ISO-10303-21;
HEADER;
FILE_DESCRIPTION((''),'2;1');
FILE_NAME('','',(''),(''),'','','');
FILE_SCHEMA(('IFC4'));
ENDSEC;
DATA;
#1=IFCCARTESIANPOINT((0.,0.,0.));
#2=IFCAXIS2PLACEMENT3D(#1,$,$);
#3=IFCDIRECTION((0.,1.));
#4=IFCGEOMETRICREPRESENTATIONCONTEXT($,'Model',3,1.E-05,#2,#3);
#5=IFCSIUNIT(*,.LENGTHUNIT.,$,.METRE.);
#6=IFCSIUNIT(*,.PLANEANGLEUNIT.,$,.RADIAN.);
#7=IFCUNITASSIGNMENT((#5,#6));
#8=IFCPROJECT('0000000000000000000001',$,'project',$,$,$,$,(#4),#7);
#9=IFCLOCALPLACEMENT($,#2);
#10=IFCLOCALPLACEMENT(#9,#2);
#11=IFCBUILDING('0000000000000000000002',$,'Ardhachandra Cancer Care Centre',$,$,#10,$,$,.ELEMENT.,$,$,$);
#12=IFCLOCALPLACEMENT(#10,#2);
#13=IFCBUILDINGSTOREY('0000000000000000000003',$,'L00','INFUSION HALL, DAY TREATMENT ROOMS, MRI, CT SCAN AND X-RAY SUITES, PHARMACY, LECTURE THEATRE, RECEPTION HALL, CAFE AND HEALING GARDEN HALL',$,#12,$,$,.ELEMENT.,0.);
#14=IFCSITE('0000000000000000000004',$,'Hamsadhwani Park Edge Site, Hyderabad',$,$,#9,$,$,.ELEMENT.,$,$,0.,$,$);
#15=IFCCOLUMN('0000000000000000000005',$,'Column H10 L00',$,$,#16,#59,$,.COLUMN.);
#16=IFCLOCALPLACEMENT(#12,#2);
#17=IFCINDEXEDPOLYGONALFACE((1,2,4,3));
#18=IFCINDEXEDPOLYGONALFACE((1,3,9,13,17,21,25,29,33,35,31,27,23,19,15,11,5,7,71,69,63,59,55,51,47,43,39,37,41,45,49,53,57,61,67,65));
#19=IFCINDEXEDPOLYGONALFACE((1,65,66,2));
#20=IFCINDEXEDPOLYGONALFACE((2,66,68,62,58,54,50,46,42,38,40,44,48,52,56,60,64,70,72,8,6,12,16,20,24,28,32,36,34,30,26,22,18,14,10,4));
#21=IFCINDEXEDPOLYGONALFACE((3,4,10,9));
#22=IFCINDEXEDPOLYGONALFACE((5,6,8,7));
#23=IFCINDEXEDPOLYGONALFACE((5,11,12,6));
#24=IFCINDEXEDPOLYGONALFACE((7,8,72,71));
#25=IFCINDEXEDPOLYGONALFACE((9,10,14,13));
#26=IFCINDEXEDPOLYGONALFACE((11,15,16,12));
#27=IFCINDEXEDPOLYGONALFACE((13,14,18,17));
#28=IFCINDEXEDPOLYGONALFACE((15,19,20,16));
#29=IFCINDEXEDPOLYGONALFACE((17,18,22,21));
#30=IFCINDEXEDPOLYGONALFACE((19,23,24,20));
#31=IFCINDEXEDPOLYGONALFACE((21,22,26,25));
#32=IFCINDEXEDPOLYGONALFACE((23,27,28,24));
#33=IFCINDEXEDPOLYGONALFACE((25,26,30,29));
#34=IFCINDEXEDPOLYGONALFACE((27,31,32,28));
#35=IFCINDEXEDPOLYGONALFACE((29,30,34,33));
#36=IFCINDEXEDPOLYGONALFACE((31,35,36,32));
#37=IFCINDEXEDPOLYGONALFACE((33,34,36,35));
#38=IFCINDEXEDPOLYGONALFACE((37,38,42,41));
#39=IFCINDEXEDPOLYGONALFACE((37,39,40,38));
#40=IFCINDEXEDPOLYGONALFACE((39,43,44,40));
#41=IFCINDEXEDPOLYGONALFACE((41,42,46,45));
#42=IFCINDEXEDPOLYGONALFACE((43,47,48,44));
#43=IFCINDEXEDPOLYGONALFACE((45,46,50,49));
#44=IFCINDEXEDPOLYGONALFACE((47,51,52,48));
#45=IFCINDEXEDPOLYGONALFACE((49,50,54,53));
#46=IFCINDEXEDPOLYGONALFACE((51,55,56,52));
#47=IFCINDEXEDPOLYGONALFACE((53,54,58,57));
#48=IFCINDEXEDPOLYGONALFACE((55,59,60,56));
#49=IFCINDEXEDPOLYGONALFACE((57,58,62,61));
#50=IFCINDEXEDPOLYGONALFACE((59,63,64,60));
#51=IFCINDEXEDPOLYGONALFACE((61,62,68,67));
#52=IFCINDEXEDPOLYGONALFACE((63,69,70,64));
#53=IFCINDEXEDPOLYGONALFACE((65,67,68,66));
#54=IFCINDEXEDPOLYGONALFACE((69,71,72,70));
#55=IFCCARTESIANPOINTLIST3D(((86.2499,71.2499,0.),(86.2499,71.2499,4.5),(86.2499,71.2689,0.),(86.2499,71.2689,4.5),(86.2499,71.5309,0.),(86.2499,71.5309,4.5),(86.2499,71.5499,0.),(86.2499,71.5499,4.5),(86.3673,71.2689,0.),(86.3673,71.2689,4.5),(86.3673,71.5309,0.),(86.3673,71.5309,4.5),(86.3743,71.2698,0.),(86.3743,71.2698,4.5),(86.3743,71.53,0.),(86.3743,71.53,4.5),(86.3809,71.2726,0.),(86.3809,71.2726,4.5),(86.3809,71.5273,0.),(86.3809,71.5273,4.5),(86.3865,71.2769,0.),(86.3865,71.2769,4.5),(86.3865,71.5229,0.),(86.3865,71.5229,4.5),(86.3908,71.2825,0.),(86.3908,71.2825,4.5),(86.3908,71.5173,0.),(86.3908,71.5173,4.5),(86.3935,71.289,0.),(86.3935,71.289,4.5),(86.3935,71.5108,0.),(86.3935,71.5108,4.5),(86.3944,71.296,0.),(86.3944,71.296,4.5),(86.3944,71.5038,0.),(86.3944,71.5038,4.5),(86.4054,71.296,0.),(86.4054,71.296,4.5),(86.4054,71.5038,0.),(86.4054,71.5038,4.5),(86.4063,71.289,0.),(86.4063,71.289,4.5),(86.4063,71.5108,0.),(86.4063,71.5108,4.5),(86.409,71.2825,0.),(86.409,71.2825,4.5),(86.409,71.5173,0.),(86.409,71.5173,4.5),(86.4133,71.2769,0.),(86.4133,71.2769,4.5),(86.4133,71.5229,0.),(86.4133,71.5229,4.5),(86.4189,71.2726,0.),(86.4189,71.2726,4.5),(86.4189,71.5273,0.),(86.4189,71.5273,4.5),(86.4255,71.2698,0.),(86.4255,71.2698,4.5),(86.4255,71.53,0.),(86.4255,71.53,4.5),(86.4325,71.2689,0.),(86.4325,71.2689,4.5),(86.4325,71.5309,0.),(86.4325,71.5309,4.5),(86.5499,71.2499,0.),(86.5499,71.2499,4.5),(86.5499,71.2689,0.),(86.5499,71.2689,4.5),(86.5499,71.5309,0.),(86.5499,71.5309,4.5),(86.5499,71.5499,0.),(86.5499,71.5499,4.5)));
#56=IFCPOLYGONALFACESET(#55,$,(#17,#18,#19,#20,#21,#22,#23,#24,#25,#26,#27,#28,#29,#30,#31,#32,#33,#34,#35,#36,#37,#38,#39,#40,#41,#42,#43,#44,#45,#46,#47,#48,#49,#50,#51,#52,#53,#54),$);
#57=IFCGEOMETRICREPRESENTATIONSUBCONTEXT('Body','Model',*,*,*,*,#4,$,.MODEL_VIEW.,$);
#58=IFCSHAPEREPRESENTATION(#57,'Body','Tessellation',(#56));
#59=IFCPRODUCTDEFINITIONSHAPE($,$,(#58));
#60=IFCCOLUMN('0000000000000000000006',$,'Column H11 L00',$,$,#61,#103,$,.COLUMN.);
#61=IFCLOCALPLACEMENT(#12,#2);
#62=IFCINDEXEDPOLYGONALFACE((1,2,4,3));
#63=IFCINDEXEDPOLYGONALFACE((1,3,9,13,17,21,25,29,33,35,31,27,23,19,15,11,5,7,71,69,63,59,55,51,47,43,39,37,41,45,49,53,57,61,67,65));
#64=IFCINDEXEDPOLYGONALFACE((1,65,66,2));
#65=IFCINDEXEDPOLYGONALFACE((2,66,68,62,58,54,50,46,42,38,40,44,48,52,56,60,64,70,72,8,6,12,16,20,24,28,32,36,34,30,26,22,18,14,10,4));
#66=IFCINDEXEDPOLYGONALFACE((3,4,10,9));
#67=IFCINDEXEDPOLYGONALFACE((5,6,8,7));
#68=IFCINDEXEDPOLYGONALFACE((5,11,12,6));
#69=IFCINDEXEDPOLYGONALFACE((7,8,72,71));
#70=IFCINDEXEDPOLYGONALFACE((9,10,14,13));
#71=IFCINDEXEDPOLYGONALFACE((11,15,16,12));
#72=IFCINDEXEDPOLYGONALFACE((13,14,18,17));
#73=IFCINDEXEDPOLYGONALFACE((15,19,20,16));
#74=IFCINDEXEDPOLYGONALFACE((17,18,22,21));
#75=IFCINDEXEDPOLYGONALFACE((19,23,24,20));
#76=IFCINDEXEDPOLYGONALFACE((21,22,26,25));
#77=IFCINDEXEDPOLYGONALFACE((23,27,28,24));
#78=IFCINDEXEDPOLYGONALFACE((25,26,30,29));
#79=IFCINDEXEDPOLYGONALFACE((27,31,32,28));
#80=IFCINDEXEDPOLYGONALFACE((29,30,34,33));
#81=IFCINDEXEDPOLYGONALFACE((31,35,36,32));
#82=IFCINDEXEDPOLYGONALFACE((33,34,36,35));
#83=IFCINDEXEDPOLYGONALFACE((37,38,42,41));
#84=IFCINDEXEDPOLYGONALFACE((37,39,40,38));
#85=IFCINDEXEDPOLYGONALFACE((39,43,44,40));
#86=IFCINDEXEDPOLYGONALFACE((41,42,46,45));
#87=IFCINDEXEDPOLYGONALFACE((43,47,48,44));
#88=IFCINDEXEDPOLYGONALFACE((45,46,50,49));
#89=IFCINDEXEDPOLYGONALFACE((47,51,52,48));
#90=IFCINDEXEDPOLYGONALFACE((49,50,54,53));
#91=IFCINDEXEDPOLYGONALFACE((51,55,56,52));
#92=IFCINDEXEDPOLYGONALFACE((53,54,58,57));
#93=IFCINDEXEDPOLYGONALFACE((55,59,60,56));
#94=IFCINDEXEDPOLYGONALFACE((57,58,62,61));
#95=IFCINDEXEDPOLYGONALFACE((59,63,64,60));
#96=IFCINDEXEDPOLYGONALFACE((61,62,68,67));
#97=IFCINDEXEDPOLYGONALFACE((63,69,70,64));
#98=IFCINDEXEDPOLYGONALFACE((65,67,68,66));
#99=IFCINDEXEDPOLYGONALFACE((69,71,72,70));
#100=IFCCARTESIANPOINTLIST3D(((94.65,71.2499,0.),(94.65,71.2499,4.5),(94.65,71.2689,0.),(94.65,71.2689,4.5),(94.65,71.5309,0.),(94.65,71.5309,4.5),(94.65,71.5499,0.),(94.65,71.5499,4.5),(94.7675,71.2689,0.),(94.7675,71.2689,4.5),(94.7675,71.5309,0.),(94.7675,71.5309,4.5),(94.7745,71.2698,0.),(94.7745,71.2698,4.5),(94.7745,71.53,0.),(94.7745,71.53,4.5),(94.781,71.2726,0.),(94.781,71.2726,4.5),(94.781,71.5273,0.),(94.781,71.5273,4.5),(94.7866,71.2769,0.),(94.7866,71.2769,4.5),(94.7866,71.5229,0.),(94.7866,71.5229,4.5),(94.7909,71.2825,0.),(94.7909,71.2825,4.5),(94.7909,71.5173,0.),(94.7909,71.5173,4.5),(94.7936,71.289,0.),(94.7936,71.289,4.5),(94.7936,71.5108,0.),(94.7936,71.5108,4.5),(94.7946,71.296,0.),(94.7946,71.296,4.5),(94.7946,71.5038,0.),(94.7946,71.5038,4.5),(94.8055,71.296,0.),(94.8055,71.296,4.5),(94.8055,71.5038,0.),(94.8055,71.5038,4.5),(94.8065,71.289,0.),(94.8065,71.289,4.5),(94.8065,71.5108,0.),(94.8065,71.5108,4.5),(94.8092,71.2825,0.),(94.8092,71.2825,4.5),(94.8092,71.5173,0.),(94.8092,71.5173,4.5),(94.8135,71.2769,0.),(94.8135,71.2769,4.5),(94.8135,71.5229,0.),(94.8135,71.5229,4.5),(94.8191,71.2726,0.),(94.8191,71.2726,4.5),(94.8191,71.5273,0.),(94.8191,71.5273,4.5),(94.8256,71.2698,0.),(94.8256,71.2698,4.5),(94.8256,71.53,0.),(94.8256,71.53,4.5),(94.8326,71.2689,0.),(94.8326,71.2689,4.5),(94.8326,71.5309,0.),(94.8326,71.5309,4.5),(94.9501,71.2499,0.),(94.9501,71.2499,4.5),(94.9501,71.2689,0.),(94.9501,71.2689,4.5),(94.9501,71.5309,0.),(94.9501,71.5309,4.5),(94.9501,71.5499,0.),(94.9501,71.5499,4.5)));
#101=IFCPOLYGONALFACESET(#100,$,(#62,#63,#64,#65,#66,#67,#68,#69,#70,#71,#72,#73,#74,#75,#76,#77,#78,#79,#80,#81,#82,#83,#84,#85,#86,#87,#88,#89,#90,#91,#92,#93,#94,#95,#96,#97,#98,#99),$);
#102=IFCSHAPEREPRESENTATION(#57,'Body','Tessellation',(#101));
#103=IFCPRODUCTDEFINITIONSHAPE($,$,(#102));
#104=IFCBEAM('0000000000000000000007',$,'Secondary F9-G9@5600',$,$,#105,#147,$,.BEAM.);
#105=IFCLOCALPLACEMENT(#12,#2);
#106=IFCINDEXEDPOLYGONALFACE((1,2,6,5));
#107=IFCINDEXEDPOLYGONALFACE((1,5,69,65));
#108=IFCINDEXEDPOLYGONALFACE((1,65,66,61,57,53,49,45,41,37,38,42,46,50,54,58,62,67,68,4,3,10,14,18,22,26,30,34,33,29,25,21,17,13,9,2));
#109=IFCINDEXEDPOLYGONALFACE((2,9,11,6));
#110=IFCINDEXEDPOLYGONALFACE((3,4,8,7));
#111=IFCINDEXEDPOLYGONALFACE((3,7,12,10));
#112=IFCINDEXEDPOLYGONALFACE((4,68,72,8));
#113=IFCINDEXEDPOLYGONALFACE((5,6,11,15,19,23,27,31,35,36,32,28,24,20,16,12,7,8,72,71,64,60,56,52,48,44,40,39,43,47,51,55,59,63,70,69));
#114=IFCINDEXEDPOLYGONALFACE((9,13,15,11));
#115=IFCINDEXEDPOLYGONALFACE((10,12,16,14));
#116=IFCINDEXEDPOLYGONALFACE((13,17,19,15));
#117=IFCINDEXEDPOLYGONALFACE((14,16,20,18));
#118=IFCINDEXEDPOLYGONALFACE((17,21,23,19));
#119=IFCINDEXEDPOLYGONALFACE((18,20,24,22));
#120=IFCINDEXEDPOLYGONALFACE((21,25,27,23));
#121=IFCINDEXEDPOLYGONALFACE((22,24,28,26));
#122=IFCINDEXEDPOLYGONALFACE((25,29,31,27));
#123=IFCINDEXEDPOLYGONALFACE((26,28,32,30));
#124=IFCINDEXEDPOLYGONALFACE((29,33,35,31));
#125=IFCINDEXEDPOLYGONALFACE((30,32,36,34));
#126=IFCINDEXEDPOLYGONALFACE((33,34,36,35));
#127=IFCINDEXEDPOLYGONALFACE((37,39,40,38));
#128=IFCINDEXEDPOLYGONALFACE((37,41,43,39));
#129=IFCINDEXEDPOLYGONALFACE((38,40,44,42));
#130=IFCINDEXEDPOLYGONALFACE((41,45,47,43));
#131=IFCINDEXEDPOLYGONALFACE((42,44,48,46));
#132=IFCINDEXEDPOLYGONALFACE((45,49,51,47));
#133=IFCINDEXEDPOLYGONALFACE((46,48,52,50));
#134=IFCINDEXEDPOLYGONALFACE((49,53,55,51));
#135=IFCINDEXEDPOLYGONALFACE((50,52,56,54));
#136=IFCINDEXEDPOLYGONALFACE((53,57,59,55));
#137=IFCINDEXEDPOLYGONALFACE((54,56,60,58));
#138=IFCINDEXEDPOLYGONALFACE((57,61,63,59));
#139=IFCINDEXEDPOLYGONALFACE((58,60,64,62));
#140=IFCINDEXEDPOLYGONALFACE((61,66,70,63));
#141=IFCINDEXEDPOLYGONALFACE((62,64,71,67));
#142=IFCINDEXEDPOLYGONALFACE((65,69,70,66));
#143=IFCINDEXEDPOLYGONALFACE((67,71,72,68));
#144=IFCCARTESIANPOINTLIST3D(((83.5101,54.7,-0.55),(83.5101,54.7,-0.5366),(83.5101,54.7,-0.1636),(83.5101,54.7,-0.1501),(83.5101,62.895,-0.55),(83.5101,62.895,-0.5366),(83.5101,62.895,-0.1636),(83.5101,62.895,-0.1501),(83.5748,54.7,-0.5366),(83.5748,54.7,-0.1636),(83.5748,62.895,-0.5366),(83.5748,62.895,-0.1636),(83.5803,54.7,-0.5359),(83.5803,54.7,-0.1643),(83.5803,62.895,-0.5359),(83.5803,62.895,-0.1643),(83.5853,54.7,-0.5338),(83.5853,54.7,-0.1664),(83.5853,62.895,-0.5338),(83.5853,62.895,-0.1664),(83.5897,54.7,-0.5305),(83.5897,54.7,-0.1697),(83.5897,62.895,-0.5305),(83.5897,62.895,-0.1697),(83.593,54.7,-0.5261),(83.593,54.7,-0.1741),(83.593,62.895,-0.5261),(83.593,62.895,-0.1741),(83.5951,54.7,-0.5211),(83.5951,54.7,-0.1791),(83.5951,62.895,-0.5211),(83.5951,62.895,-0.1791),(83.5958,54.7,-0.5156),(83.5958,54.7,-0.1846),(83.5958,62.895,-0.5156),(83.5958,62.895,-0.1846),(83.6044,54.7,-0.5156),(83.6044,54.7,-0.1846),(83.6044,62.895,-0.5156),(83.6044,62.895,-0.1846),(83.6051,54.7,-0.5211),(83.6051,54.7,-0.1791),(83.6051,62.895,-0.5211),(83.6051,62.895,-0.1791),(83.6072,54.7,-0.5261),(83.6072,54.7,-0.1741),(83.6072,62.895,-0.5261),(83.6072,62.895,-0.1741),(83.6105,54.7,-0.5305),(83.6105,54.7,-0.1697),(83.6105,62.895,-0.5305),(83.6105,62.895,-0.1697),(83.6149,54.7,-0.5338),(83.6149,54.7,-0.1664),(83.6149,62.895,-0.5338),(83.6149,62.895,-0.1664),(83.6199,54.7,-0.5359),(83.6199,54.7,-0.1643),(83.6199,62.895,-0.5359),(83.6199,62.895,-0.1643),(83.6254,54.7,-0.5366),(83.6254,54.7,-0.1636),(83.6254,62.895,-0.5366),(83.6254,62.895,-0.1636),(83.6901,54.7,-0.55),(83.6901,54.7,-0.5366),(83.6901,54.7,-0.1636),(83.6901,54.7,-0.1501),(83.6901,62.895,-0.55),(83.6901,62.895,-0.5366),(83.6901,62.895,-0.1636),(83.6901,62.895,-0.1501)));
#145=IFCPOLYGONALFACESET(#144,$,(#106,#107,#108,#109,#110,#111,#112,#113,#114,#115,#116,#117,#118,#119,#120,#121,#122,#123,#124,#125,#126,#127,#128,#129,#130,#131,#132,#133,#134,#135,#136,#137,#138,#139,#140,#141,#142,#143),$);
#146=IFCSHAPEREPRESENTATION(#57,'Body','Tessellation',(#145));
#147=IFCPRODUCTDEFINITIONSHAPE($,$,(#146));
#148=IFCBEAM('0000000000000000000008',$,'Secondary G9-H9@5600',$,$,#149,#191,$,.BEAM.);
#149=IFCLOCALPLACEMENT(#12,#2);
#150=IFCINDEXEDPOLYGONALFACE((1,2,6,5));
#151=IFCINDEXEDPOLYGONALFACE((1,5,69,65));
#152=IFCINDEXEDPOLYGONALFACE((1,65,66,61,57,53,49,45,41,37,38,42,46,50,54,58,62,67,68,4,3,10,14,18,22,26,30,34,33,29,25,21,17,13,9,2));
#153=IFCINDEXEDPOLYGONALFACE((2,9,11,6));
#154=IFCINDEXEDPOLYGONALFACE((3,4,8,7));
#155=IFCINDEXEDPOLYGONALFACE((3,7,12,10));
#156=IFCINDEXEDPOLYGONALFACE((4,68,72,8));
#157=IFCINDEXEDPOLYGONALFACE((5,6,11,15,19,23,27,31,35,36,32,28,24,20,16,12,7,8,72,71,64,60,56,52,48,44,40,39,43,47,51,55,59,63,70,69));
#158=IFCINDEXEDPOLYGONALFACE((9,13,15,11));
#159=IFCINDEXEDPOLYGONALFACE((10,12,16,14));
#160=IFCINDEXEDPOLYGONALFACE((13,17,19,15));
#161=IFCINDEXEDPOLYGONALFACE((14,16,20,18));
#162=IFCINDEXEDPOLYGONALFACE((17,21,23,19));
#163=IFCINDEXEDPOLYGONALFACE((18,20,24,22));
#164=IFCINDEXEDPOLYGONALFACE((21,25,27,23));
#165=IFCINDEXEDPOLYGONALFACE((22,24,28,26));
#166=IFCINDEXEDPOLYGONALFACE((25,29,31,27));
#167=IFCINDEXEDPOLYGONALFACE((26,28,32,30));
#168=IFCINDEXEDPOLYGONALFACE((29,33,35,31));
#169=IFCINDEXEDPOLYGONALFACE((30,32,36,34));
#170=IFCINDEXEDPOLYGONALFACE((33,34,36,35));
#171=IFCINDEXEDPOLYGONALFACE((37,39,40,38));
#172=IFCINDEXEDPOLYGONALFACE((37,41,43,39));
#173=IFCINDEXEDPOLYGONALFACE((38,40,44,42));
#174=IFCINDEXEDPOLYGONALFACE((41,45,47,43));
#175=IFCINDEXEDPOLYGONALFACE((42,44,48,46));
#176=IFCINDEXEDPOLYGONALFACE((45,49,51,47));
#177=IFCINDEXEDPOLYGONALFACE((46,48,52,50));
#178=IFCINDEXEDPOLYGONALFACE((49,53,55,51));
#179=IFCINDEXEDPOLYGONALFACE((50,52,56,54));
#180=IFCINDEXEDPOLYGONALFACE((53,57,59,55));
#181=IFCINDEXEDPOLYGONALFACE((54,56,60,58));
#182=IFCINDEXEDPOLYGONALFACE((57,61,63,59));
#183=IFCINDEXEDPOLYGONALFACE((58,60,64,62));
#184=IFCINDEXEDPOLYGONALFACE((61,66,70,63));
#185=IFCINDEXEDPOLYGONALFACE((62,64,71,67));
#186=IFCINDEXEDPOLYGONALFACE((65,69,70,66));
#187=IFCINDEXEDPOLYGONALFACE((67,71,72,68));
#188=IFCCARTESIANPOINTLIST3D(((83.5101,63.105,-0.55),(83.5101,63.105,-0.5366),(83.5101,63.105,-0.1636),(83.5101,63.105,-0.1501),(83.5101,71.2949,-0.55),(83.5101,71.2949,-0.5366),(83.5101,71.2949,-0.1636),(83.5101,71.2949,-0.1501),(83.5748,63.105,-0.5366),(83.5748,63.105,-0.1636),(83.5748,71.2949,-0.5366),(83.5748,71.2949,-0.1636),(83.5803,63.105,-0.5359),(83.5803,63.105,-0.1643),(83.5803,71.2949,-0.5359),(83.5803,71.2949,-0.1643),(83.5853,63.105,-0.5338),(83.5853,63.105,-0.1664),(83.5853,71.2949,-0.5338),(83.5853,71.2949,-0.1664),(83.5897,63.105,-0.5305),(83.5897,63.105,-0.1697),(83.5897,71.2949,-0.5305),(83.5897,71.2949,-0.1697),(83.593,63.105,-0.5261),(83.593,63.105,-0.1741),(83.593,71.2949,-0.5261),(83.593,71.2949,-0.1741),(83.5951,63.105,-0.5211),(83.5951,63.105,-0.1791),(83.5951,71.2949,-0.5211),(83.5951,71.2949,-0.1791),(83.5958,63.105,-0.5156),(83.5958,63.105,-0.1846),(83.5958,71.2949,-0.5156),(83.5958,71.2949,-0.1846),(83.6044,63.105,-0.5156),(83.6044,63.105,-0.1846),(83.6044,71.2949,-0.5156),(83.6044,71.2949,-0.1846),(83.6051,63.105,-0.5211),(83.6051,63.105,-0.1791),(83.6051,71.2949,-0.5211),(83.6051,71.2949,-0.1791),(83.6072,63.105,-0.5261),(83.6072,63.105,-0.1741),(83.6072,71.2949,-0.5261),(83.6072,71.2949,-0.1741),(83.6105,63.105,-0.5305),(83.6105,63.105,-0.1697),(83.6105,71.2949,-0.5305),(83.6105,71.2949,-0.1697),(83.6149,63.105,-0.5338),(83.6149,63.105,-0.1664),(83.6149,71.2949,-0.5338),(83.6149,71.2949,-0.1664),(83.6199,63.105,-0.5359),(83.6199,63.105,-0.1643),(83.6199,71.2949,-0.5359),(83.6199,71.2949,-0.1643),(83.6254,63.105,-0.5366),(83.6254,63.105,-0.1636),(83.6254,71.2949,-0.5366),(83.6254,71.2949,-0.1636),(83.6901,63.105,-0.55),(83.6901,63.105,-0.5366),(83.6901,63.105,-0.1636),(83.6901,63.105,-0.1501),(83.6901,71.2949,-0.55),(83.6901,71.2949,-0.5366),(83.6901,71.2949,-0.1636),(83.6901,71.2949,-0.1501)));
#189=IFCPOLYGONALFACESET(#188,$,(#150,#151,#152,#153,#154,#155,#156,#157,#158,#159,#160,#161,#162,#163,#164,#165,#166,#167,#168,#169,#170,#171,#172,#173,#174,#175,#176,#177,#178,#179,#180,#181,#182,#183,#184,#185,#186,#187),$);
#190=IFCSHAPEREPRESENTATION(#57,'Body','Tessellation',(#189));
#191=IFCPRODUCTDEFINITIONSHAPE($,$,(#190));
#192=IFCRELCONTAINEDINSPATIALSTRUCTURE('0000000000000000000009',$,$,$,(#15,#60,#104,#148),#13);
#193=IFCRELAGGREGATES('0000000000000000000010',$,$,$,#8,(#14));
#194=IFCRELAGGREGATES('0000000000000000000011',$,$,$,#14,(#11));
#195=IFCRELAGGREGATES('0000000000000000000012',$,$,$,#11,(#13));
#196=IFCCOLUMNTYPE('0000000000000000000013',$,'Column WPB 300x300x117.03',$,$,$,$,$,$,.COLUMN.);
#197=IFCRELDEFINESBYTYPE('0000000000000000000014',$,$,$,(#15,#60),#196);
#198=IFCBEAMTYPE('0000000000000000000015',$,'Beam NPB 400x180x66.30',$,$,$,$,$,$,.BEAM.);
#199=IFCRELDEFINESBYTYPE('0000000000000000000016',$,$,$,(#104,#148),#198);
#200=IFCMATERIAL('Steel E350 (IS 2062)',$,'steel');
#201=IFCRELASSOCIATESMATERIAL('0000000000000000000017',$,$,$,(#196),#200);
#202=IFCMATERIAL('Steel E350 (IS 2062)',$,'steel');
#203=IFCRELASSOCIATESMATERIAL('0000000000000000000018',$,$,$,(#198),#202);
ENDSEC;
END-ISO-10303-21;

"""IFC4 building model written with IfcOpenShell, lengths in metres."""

from ifc_helpers import new_model, si_unit, direction, frame, origin, origin_2d, place, context, subcontext, project, spatial, i_section, extrude, material, material_profile, profile_set, type_object, element, save


model = new_model("IFC4")

# Units and contexts
model_context = context("Model", 3, precision=1e-05, world=origin(), true_north=direction((0.0, 1.0)))
body_context = subcontext(model_context, "Body", "Model", "MODEL_VIEW")
ifc_project = project(units=[si_unit("LENGTHUNIT", "METRE"), si_unit("PLANEANGLEUNIT", "RADIAN")], contexts=[model_context])

# Site, building, storey
site_placement = place(None, origin())
site = spatial("IfcSite", under=ifc_project, at=site_placement, Name="Hamsadhwani Park Edge Site, Hyderabad", CompositionType="ELEMENT", RefElevation=0.0)
building_placement = place(site_placement, origin())
building = spatial("IfcBuilding", under=site, at=building_placement, Name="Ardhachandra Cancer Care Centre", CompositionType="ELEMENT")
storey_placement = place(building_placement, origin())
storey = spatial("IfcBuildingStorey", under=building, at=storey_placement, Name="L00", Description="INFUSION HALL, DAY TREATMENT ROOMS, MRI, CT SCAN AND X-RAY SUITES, PHARMACY, LECTURE THEATRE, RECEPTION HALL, CAFE AND HEALING GARDEN HALL", CompositionType="ELEMENT", Elevation=0.0)

# Columns
ifc_material_1 = material(Name="Steel E350 (IS 2062)", Category="steel")
ifc_material_profile_1 = material_profile(ifc_material_1, i_section(OverallWidth=0.3, OverallDepth=0.3, WebThickness=0.011, FlangeThickness=0.019, FilletRadius=0.0271, at=origin_2d()), Name="WPB 300x300x117.03")
ifc_profile_set_1 = profile_set([ifc_material_profile_1], Name="Steel E350 (IS 2062)")
column_type = type_object("IfcColumnType", Name="Column WPB 300x300x117.03", PredefinedType="COLUMN", material=ifc_profile_set_1)
for number, where, z_axis, x_axis, name in (
    (1, (86.3999, 71.3999, 0.0), (0.0, 0.0, 1.0), (1.0, 0.0, 0.0), "Column H10 L00"),
    (2, (94.8, 71.3999, 0.0), (0.0, 0.0, 1.0), (1.0, 0.0, 0.0), "Column H11 L00"),
):
    element("IfcColumn", number, at=place(storey_placement, frame(where, z_axis=z_axis, x_axis=x_axis)), inside=storey, type_object=column_type, Name=name, PredefinedType="COLUMN", context=body_context, shape_type="SweptSolid", body=[
        extrude(i_section(OverallWidth=0.3, OverallDepth=0.3, WebThickness=0.011, FlangeThickness=0.019, FilletRadius=0.0271, at=origin_2d()), origin(), (0.0, 0.0, 1.0), 4.5),
    ])

# Beams
ifc_material_2 = material(Name="Steel E350 (IS 2062)", Category="steel")
ifc_material_profile_2 = material_profile(ifc_material_2, i_section(OverallWidth=0.1799, OverallDepth=0.3999, WebThickness=0.0085, FlangeThickness=0.0134, FilletRadius=0.021, at=origin_2d()), Name="NPB 400x180x66.30")
ifc_profile_set_2 = profile_set([ifc_material_profile_2], Name="Steel E350 (IS 2062)")
beam_type_1 = type_object("IfcBeamType", Name="Beam NPB 400x180x66.30", PredefinedType="BEAM", material=ifc_profile_set_2)
beam_1_placement = place(storey_placement, frame((83.6001, 54.7, -0.3501), z_axis=(0.0, 1.0, 0.0), x_axis=(-1.0, 0.0, 0.0)))
element("IfcBeam", 3, at=beam_1_placement, inside=storey, type_object=beam_type_1, Name="Secondary F9-G9@5600", PredefinedType="BEAM", context=body_context, shape_type="SweptSolid", body=[
    extrude(i_section(OverallWidth=0.1799, OverallDepth=0.3999, WebThickness=0.0085, FlangeThickness=0.0134, FilletRadius=0.021, at=origin_2d()), origin(), (0.0, 0.0, 1.0), 8.1951),
])
beam_2_placement = place(storey_placement, frame((83.6001, 63.105, -0.3501), z_axis=(0.0, 1.0, 0.0), x_axis=(-1.0, 0.0, 0.0)))
element("IfcBeam", 4, at=beam_2_placement, inside=storey, type_object=beam_type_1, Name="Secondary G9-H9@5600", PredefinedType="BEAM", context=body_context, shape_type="SweptSolid", body=[
    extrude(i_section(OverallWidth=0.1799, OverallDepth=0.3999, WebThickness=0.0085, FlangeThickness=0.0134, FilletRadius=0.021, at=origin_2d()), origin(), (0.0, 0.0, 1.0), 8.1899),
])

save(model, "model.ifc")
